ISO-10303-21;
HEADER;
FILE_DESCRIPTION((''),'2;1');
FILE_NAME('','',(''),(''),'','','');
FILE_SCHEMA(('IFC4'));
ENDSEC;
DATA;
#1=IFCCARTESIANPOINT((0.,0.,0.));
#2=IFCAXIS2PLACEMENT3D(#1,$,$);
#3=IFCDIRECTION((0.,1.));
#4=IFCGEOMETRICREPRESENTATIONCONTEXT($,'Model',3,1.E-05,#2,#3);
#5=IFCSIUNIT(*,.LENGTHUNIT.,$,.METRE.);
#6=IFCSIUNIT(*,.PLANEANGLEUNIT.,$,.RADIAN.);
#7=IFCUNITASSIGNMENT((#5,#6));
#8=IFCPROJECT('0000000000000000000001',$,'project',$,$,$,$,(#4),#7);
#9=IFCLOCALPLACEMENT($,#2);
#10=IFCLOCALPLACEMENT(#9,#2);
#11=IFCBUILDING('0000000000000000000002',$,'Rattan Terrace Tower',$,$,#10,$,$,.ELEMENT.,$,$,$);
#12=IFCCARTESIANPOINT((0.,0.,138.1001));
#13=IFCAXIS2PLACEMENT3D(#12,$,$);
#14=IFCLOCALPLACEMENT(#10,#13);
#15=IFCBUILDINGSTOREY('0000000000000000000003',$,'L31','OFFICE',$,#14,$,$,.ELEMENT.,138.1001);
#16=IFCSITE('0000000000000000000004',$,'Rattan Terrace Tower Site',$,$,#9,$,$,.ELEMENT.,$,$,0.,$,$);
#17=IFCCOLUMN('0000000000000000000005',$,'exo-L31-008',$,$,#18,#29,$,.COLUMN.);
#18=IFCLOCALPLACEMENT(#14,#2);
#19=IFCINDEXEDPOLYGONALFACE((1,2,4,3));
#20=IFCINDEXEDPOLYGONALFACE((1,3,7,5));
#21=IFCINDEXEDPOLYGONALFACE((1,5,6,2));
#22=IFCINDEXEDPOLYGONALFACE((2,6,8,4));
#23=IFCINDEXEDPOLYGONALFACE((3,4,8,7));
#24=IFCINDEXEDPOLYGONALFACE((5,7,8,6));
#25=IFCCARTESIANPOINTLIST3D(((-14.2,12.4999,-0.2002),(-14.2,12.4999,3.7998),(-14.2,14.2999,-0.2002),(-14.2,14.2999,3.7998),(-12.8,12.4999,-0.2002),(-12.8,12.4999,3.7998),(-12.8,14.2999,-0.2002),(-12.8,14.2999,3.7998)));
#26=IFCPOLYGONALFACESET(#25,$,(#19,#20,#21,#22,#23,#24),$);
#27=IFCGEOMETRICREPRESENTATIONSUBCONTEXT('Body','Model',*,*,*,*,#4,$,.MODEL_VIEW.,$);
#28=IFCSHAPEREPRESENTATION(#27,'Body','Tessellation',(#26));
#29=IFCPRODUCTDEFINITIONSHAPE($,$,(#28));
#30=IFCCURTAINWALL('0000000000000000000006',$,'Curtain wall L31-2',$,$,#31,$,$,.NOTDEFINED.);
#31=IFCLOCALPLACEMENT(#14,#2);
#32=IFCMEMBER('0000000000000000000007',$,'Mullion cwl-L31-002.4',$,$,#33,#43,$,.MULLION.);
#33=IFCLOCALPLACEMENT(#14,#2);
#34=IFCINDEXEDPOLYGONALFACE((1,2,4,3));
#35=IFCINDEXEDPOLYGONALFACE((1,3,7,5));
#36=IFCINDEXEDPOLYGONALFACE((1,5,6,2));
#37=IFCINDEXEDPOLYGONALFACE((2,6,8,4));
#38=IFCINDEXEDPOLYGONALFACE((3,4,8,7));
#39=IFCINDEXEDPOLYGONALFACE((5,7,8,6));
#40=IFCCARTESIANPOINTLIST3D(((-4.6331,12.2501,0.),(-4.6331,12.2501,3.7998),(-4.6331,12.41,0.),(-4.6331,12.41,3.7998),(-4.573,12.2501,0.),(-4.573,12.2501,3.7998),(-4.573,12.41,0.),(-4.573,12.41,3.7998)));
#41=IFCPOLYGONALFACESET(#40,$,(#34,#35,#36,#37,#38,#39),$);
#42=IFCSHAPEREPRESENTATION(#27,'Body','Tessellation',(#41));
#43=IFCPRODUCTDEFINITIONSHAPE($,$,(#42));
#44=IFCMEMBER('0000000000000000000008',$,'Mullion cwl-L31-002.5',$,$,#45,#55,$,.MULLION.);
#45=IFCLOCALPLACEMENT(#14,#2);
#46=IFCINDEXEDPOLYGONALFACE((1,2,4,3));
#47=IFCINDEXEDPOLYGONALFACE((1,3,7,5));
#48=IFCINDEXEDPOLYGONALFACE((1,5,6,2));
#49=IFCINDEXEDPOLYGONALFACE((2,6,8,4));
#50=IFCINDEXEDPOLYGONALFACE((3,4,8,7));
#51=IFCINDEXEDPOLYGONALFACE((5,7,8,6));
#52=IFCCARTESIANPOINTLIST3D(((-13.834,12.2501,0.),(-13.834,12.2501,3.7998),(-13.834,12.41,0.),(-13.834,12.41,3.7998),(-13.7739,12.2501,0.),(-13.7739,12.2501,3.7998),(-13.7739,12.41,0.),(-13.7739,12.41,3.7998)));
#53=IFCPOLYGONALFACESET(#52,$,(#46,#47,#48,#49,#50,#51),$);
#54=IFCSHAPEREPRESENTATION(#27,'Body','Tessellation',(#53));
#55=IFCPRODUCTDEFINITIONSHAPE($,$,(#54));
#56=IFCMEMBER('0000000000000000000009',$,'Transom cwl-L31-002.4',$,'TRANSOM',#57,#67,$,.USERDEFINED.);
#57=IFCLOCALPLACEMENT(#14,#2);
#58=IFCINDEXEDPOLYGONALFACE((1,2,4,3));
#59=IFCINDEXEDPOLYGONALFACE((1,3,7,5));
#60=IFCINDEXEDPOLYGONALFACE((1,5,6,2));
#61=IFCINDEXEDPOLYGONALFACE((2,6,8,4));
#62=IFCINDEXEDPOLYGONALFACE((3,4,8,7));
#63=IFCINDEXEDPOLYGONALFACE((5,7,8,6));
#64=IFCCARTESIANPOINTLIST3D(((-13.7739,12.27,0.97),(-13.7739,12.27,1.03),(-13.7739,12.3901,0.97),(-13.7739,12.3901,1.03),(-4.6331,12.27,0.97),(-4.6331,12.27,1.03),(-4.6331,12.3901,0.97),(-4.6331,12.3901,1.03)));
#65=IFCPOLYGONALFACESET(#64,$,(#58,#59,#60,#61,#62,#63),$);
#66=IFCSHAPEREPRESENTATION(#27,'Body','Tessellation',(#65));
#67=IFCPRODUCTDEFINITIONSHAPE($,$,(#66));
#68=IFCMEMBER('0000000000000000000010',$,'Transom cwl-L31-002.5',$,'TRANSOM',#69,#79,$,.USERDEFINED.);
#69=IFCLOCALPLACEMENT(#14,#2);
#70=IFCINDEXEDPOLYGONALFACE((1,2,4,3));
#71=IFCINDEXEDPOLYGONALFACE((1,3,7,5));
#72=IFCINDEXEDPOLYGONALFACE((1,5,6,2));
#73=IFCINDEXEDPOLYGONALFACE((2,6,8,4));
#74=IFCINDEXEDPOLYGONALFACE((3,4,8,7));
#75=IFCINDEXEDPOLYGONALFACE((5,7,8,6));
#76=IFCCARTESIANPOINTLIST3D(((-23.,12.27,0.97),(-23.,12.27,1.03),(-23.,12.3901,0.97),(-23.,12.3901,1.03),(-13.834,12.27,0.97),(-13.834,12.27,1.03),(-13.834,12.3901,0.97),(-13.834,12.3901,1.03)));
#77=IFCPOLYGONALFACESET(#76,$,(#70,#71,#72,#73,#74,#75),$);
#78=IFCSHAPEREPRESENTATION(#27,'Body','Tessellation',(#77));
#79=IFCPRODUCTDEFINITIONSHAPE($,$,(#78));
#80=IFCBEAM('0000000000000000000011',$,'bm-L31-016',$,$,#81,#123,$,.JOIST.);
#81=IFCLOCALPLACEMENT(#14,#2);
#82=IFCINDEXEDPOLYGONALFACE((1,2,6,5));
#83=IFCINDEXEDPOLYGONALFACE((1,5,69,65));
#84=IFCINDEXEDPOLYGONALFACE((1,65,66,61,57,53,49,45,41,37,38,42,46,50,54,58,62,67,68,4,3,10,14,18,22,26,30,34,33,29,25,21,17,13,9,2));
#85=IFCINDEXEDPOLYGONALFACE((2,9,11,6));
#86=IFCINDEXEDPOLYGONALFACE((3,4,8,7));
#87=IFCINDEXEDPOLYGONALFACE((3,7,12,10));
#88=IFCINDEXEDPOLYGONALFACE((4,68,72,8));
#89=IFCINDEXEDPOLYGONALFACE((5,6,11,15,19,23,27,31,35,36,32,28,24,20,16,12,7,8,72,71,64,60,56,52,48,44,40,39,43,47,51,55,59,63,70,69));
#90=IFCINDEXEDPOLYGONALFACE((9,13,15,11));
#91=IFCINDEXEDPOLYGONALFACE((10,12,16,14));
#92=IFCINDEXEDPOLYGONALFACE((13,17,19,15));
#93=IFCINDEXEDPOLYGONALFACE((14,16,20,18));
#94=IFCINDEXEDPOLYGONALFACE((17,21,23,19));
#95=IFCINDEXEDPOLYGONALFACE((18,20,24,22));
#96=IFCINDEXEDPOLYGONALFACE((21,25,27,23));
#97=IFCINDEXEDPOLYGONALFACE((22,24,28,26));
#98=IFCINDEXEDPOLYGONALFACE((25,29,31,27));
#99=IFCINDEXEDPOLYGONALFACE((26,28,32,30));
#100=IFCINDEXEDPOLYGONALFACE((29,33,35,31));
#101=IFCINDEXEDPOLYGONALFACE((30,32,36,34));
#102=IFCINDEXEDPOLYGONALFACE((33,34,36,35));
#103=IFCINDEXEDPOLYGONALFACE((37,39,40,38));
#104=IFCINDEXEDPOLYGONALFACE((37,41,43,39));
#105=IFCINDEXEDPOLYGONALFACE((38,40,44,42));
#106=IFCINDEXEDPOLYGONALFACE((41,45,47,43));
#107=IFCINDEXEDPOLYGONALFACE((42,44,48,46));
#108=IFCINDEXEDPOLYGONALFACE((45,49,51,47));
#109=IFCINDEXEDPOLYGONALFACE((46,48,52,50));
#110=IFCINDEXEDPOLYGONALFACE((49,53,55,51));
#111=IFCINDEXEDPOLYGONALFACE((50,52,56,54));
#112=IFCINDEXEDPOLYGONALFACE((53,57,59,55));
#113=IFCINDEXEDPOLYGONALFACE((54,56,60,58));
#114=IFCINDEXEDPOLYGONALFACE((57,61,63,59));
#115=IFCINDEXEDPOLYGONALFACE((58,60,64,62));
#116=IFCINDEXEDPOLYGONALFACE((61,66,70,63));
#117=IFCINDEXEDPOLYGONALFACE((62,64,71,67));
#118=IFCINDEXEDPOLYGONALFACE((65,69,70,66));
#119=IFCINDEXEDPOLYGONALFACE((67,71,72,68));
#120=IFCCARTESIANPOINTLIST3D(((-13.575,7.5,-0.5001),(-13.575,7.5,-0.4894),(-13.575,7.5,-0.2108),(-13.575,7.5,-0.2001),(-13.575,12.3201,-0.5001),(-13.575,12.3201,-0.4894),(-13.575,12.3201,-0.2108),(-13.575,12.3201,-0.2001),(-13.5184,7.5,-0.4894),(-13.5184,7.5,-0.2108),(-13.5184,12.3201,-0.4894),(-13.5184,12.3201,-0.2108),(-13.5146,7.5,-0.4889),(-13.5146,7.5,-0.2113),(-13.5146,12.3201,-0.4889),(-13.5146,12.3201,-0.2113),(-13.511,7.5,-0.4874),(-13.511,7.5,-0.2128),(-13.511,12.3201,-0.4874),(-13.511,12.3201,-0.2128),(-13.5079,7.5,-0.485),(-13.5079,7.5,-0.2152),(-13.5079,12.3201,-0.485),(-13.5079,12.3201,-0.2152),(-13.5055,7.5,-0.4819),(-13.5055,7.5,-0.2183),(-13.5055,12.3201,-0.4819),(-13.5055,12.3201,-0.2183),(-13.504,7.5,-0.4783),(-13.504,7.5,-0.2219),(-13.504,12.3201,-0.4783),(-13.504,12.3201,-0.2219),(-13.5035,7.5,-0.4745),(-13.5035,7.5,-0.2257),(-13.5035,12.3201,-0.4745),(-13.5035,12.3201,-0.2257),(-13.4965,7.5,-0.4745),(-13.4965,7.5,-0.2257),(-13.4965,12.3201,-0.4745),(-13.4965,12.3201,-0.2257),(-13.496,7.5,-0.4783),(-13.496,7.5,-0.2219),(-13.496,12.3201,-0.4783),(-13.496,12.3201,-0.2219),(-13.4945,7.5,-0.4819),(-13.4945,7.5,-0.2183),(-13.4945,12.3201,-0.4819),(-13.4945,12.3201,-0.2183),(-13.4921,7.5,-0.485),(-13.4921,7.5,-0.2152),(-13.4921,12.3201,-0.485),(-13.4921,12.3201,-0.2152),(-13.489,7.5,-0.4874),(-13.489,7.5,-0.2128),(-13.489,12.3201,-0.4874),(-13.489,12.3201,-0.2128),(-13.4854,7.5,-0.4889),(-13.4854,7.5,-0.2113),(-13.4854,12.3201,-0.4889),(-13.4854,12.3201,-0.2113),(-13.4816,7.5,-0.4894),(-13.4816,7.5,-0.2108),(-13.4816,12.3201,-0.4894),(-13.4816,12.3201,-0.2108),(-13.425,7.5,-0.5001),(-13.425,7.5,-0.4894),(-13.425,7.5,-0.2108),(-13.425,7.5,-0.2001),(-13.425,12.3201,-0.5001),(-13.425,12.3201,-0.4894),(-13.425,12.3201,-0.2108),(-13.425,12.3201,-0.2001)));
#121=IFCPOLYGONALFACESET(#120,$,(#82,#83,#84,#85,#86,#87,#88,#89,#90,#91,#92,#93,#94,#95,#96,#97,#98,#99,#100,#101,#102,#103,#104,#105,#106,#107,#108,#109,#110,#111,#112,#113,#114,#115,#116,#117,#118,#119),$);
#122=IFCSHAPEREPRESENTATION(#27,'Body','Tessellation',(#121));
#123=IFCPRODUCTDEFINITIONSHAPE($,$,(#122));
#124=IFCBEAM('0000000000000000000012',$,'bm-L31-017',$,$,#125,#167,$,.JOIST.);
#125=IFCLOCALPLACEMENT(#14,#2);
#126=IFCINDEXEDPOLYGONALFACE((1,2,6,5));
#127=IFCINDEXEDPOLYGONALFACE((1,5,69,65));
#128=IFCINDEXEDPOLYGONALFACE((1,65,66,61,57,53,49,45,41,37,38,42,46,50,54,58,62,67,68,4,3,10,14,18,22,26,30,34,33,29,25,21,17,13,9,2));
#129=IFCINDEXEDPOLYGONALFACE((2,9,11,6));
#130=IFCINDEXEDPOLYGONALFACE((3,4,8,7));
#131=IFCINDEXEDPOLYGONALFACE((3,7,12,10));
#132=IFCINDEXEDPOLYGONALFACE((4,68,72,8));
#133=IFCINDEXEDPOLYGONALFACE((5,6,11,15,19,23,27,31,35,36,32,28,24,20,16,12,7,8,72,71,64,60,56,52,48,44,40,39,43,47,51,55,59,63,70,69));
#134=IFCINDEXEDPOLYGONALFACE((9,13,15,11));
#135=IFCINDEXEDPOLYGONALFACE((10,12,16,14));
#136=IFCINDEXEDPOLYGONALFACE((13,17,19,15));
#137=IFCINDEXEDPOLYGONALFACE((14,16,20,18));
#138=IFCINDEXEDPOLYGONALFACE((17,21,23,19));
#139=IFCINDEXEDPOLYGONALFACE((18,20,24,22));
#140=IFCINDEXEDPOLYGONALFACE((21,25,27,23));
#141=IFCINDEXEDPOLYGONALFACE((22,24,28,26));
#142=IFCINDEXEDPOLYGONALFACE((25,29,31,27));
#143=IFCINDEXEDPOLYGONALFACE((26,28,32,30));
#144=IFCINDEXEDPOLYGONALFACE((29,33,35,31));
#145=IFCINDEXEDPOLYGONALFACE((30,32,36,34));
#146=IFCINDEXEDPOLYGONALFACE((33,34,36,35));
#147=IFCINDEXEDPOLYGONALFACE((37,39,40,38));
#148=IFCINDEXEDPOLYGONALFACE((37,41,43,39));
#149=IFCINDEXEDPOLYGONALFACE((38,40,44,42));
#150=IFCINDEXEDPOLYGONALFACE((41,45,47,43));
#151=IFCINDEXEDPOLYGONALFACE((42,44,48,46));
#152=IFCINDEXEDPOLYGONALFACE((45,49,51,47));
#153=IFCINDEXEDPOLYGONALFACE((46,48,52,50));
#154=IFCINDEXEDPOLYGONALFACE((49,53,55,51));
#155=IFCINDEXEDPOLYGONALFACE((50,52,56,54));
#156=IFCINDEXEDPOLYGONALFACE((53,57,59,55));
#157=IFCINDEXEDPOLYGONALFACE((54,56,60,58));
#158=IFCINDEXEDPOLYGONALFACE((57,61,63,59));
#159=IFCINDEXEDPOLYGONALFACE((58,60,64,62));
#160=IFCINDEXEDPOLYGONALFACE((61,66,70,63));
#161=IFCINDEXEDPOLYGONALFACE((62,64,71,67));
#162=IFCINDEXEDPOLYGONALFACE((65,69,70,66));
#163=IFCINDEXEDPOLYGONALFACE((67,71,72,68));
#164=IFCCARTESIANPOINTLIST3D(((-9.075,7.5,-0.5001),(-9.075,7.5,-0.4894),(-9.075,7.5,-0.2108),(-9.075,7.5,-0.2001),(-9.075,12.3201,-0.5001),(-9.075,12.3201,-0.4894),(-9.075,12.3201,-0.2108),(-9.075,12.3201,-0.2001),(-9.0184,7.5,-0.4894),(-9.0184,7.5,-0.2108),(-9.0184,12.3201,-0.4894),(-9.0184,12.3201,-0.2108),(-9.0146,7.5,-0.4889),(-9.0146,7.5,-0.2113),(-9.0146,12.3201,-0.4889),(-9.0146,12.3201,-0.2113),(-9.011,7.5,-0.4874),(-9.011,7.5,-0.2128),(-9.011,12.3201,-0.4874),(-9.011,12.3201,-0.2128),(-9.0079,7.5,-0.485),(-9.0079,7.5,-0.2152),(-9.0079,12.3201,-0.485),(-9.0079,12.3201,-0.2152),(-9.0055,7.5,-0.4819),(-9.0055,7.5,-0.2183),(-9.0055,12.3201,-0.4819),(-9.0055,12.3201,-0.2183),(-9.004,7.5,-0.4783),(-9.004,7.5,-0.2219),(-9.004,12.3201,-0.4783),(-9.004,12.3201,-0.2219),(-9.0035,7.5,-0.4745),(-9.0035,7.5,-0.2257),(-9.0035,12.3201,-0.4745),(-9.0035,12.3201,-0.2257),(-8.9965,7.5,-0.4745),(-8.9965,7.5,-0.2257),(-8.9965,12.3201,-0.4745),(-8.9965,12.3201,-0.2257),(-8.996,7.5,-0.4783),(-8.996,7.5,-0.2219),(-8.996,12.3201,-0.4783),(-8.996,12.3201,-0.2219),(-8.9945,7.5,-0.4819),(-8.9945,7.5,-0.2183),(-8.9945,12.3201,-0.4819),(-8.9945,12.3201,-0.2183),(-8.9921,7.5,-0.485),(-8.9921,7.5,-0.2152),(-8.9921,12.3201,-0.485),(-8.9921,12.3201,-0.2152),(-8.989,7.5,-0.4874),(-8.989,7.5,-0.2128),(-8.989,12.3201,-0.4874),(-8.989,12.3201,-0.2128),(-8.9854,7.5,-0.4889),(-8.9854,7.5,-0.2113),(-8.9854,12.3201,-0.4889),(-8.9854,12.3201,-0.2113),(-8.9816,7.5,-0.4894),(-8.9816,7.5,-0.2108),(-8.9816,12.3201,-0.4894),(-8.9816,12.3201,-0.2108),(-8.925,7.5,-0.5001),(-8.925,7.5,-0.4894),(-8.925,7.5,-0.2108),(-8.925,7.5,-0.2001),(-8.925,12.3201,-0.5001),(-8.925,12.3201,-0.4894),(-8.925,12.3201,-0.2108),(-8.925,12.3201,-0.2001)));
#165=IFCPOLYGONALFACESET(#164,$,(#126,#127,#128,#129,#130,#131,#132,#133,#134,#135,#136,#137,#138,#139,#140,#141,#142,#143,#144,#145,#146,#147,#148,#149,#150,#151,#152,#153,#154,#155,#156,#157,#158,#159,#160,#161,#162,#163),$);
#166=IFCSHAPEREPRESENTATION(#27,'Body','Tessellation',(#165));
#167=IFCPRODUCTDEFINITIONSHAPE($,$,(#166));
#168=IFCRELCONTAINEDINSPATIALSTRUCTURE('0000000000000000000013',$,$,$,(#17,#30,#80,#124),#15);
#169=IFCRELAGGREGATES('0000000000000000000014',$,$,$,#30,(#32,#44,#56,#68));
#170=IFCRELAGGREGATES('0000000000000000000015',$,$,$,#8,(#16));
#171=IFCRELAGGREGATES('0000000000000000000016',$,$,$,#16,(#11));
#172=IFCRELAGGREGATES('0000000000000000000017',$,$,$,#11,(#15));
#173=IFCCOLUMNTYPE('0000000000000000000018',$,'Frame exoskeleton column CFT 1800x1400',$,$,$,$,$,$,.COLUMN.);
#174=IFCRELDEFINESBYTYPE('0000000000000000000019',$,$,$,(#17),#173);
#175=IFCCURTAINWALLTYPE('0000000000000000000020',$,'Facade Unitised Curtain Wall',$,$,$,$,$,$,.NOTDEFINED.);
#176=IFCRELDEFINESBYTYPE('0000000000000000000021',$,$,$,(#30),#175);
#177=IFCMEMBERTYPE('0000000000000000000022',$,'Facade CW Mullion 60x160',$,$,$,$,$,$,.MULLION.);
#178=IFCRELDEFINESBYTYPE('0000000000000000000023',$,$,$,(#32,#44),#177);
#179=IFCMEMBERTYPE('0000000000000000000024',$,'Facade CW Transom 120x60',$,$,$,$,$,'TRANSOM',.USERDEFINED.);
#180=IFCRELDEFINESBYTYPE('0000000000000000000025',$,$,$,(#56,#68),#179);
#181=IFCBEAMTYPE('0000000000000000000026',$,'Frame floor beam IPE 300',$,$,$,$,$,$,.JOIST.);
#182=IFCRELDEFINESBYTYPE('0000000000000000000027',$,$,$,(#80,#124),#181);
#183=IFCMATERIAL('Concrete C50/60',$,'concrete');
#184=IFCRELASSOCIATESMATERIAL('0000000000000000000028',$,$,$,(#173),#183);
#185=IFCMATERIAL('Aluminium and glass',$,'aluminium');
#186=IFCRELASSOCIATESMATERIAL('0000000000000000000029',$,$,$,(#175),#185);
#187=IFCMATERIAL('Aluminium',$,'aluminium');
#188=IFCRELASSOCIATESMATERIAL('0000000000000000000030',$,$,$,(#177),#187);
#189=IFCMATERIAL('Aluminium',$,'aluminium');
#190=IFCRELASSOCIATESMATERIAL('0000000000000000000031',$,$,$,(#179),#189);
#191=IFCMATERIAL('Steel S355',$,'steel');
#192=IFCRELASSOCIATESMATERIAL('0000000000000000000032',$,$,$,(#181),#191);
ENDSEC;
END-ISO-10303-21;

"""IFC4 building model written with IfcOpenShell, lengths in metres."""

from ifc_helpers import new_model, si_unit, direction, frame, origin, origin_2d, place, context, subcontext, project, spatial, rectangle, i_section, extrude, material, material_profile, profile_set, type_object, element, aggregate, save


model = new_model("IFC4")

# Units and contexts
model_context = context("Model", 3, precision=1e-05, world=origin(), true_north=direction((0.0, 1.0)))
body_context = subcontext(model_context, "Body", "Model", "MODEL_VIEW")
ifc_project = project(units=[si_unit("LENGTHUNIT", "METRE"), si_unit("PLANEANGLEUNIT", "RADIAN")], contexts=[model_context])

# Site, building, storey
site_placement = place(None, origin())
site = spatial("IfcSite", under=ifc_project, at=site_placement, Name="Rattan Terrace Tower Site", CompositionType="ELEMENT", RefElevation=0.0)
building_placement = place(site_placement, origin())
building = spatial("IfcBuilding", under=site, at=building_placement, Name="Rattan Terrace Tower", CompositionType="ELEMENT")
storey_placement = place(building_placement, frame((0.0, 0.0, 138.1001)))
storey = spatial("IfcBuildingStorey", under=building, at=storey_placement, Name="L31", Description="OFFICE", CompositionType="ELEMENT", Elevation=138.1001)

# Column
ifc_material_1 = material(Name="Concrete C50/60", Category="concrete")
ifc_material_profile_1 = material_profile(ifc_material_1, rectangle(XDim=1.3999, YDim=1.8, at=origin_2d()), Name="CFT 1800x1400")
ifc_profile_set_1 = profile_set([ifc_material_profile_1], Name="Concrete C50/60")
column_type = type_object("IfcColumnType", Name="Frame exoskeleton column CFT 1800x1400", PredefinedType="COLUMN", material=ifc_profile_set_1)
column_placement = place(storey_placement, frame((-13.5, 13.3999, -0.2002), z_axis=(0.0, 0.0, 1.0), x_axis=(1.0, 0.0, 0.0)))
element("IfcColumn", 1, at=column_placement, inside=storey, type_object=column_type, Name="exo-L31-008", PredefinedType="COLUMN", context=body_context, shape_type="SweptSolid", body=[
    extrude(rectangle(XDim=1.3999, YDim=1.8, at=origin_2d()), origin(), (0.0, 0.0, 1.0), 4.0),
])

# Curtain wall, members
ifc_material_2 = material(Name="Aluminium and glass", Category="aluminium")
curtain_wall_type = type_object("IfcCurtainWallType", Name="Facade Unitised Curtain Wall", PredefinedType="NOTDEFINED", material=ifc_material_2)
curtain_wall_placement = place(storey_placement, origin())
curtain_wall = element("IfcCurtainWall", 2, at=curtain_wall_placement, inside=storey, type_object=curtain_wall_type, Name="Curtain wall L31-2", PredefinedType="NOTDEFINED")
ifc_material_3 = material(Name="Aluminium", Category="aluminium")
ifc_material_profile_2 = material_profile(ifc_material_3, rectangle(XDim=0.0601, YDim=0.1599, at=origin_2d()), Name="Aluminium 60x160")
ifc_profile_set_2 = profile_set([ifc_material_profile_2], Name="Aluminium")
member_type_1 = type_object("IfcMemberType", Name="Facade CW Mullion 60x160", PredefinedType="MULLION", material=ifc_profile_set_2)
member_1_placement = place(storey_placement, frame((-4.603, 12.3301, 0.0), z_axis=(0.0, 0.0, 1.0), x_axis=(-1.0, 0.0, 0.0)))
member_1 = element("IfcMember", 3, at=member_1_placement, type_object=member_type_1, Name="Mullion cwl-L31-002.4", PredefinedType="MULLION", context=body_context, shape_type="SweptSolid", body=[
    extrude(rectangle(XDim=0.0601, YDim=0.1599, at=origin_2d()), origin(), (0.0, 0.0, 1.0), 3.7998),
])
member_2_placement = place(storey_placement, frame((-13.804, 12.3301, 0.0), z_axis=(0.0, 0.0, 1.0), x_axis=(-1.0, 0.0, 0.0)))
member_2 = element("IfcMember", 4, at=member_2_placement, type_object=member_type_1, Name="Mullion cwl-L31-002.5", PredefinedType="MULLION", context=body_context, shape_type="SweptSolid", body=[
    extrude(rectangle(XDim=0.0601, YDim=0.1599, at=origin_2d()), origin(), (0.0, 0.0, 1.0), 3.7998),
])
ifc_material_4 = material(Name="Aluminium", Category="aluminium")
ifc_material_profile_3 = material_profile(ifc_material_4, rectangle(XDim=0.1201, YDim=0.0601, at=origin_2d()), Name="Aluminium 120x60")
ifc_profile_set_3 = profile_set([ifc_material_profile_3], Name="Aluminium")
member_type_2 = type_object("IfcMemberType", Name="Facade CW Transom 120x60", ElementType="TRANSOM", PredefinedType="USERDEFINED", material=ifc_profile_set_3)
member_3_placement = place(storey_placement, frame((-4.6331, 12.3301, 1.0), z_axis=(-1.0, 0.0, 0.0), x_axis=(0.0, -1.0, 0.0)))
member_3 = element("IfcMember", 5, at=member_3_placement, type_object=member_type_2, Name="Transom cwl-L31-002.4", ObjectType="TRANSOM", PredefinedType="USERDEFINED", context=body_context, shape_type="SweptSolid", body=[
    extrude(rectangle(XDim=0.1201, YDim=0.0601, at=origin_2d()), origin(), (0.0, 0.0, 1.0), 9.1409),
])
member_4_placement = place(storey_placement, frame((-13.834, 12.3301, 1.0), z_axis=(-1.0, 0.0, 0.0), x_axis=(0.0, -1.0, 0.0)))
member_4 = element("IfcMember", 6, at=member_4_placement, type_object=member_type_2, Name="Transom cwl-L31-002.5", ObjectType="TRANSOM", PredefinedType="USERDEFINED", context=body_context, shape_type="SweptSolid", body=[
    extrude(rectangle(XDim=0.1201, YDim=0.0601, at=origin_2d()), origin(), (0.0, 0.0, 1.0), 9.166),
])

# Beams
ifc_material_5 = material(Name="Steel S355", Category="steel")
ifc_material_profile_4 = material_profile(ifc_material_5, i_section(OverallWidth=0.1499, OverallDepth=0.3, WebThickness=0.0071, FlangeThickness=0.0107, FilletRadius=0.0149, at=origin_2d()), Name="IPE 300")
ifc_profile_set_4 = profile_set([ifc_material_profile_4], Name="Steel S355")
beam_type = type_object("IfcBeamType", Name="Frame floor beam IPE 300", PredefinedType="JOIST", material=ifc_profile_set_4)
for number, where, z_axis, x_axis, name in (
    (7, (-13.5, 7.5, -0.3501), (0.0, 1.0, 0.0), (-1.0, 0.0, 0.0), "bm-L31-016"),
    (8, (-9.0, 7.5, -0.3501), (0.0, 1.0, 0.0), (-1.0, 0.0, 0.0), "bm-L31-017"),
):
    element("IfcBeam", number, at=place(storey_placement, frame(where, z_axis=z_axis, x_axis=x_axis)), inside=storey, type_object=beam_type, Name=name, PredefinedType="JOIST", context=body_context, shape_type="SweptSolid", body=[
        extrude(i_section(OverallWidth=0.1499, OverallDepth=0.3, WebThickness=0.0071, FlangeThickness=0.0107, FilletRadius=0.0149, at=origin_2d()), origin(), (0.0, 0.0, 1.0), 4.8201),
    ])

aggregate(curtain_wall, [member_1, member_2, member_3, member_4])

save(model, "model.ifc")
